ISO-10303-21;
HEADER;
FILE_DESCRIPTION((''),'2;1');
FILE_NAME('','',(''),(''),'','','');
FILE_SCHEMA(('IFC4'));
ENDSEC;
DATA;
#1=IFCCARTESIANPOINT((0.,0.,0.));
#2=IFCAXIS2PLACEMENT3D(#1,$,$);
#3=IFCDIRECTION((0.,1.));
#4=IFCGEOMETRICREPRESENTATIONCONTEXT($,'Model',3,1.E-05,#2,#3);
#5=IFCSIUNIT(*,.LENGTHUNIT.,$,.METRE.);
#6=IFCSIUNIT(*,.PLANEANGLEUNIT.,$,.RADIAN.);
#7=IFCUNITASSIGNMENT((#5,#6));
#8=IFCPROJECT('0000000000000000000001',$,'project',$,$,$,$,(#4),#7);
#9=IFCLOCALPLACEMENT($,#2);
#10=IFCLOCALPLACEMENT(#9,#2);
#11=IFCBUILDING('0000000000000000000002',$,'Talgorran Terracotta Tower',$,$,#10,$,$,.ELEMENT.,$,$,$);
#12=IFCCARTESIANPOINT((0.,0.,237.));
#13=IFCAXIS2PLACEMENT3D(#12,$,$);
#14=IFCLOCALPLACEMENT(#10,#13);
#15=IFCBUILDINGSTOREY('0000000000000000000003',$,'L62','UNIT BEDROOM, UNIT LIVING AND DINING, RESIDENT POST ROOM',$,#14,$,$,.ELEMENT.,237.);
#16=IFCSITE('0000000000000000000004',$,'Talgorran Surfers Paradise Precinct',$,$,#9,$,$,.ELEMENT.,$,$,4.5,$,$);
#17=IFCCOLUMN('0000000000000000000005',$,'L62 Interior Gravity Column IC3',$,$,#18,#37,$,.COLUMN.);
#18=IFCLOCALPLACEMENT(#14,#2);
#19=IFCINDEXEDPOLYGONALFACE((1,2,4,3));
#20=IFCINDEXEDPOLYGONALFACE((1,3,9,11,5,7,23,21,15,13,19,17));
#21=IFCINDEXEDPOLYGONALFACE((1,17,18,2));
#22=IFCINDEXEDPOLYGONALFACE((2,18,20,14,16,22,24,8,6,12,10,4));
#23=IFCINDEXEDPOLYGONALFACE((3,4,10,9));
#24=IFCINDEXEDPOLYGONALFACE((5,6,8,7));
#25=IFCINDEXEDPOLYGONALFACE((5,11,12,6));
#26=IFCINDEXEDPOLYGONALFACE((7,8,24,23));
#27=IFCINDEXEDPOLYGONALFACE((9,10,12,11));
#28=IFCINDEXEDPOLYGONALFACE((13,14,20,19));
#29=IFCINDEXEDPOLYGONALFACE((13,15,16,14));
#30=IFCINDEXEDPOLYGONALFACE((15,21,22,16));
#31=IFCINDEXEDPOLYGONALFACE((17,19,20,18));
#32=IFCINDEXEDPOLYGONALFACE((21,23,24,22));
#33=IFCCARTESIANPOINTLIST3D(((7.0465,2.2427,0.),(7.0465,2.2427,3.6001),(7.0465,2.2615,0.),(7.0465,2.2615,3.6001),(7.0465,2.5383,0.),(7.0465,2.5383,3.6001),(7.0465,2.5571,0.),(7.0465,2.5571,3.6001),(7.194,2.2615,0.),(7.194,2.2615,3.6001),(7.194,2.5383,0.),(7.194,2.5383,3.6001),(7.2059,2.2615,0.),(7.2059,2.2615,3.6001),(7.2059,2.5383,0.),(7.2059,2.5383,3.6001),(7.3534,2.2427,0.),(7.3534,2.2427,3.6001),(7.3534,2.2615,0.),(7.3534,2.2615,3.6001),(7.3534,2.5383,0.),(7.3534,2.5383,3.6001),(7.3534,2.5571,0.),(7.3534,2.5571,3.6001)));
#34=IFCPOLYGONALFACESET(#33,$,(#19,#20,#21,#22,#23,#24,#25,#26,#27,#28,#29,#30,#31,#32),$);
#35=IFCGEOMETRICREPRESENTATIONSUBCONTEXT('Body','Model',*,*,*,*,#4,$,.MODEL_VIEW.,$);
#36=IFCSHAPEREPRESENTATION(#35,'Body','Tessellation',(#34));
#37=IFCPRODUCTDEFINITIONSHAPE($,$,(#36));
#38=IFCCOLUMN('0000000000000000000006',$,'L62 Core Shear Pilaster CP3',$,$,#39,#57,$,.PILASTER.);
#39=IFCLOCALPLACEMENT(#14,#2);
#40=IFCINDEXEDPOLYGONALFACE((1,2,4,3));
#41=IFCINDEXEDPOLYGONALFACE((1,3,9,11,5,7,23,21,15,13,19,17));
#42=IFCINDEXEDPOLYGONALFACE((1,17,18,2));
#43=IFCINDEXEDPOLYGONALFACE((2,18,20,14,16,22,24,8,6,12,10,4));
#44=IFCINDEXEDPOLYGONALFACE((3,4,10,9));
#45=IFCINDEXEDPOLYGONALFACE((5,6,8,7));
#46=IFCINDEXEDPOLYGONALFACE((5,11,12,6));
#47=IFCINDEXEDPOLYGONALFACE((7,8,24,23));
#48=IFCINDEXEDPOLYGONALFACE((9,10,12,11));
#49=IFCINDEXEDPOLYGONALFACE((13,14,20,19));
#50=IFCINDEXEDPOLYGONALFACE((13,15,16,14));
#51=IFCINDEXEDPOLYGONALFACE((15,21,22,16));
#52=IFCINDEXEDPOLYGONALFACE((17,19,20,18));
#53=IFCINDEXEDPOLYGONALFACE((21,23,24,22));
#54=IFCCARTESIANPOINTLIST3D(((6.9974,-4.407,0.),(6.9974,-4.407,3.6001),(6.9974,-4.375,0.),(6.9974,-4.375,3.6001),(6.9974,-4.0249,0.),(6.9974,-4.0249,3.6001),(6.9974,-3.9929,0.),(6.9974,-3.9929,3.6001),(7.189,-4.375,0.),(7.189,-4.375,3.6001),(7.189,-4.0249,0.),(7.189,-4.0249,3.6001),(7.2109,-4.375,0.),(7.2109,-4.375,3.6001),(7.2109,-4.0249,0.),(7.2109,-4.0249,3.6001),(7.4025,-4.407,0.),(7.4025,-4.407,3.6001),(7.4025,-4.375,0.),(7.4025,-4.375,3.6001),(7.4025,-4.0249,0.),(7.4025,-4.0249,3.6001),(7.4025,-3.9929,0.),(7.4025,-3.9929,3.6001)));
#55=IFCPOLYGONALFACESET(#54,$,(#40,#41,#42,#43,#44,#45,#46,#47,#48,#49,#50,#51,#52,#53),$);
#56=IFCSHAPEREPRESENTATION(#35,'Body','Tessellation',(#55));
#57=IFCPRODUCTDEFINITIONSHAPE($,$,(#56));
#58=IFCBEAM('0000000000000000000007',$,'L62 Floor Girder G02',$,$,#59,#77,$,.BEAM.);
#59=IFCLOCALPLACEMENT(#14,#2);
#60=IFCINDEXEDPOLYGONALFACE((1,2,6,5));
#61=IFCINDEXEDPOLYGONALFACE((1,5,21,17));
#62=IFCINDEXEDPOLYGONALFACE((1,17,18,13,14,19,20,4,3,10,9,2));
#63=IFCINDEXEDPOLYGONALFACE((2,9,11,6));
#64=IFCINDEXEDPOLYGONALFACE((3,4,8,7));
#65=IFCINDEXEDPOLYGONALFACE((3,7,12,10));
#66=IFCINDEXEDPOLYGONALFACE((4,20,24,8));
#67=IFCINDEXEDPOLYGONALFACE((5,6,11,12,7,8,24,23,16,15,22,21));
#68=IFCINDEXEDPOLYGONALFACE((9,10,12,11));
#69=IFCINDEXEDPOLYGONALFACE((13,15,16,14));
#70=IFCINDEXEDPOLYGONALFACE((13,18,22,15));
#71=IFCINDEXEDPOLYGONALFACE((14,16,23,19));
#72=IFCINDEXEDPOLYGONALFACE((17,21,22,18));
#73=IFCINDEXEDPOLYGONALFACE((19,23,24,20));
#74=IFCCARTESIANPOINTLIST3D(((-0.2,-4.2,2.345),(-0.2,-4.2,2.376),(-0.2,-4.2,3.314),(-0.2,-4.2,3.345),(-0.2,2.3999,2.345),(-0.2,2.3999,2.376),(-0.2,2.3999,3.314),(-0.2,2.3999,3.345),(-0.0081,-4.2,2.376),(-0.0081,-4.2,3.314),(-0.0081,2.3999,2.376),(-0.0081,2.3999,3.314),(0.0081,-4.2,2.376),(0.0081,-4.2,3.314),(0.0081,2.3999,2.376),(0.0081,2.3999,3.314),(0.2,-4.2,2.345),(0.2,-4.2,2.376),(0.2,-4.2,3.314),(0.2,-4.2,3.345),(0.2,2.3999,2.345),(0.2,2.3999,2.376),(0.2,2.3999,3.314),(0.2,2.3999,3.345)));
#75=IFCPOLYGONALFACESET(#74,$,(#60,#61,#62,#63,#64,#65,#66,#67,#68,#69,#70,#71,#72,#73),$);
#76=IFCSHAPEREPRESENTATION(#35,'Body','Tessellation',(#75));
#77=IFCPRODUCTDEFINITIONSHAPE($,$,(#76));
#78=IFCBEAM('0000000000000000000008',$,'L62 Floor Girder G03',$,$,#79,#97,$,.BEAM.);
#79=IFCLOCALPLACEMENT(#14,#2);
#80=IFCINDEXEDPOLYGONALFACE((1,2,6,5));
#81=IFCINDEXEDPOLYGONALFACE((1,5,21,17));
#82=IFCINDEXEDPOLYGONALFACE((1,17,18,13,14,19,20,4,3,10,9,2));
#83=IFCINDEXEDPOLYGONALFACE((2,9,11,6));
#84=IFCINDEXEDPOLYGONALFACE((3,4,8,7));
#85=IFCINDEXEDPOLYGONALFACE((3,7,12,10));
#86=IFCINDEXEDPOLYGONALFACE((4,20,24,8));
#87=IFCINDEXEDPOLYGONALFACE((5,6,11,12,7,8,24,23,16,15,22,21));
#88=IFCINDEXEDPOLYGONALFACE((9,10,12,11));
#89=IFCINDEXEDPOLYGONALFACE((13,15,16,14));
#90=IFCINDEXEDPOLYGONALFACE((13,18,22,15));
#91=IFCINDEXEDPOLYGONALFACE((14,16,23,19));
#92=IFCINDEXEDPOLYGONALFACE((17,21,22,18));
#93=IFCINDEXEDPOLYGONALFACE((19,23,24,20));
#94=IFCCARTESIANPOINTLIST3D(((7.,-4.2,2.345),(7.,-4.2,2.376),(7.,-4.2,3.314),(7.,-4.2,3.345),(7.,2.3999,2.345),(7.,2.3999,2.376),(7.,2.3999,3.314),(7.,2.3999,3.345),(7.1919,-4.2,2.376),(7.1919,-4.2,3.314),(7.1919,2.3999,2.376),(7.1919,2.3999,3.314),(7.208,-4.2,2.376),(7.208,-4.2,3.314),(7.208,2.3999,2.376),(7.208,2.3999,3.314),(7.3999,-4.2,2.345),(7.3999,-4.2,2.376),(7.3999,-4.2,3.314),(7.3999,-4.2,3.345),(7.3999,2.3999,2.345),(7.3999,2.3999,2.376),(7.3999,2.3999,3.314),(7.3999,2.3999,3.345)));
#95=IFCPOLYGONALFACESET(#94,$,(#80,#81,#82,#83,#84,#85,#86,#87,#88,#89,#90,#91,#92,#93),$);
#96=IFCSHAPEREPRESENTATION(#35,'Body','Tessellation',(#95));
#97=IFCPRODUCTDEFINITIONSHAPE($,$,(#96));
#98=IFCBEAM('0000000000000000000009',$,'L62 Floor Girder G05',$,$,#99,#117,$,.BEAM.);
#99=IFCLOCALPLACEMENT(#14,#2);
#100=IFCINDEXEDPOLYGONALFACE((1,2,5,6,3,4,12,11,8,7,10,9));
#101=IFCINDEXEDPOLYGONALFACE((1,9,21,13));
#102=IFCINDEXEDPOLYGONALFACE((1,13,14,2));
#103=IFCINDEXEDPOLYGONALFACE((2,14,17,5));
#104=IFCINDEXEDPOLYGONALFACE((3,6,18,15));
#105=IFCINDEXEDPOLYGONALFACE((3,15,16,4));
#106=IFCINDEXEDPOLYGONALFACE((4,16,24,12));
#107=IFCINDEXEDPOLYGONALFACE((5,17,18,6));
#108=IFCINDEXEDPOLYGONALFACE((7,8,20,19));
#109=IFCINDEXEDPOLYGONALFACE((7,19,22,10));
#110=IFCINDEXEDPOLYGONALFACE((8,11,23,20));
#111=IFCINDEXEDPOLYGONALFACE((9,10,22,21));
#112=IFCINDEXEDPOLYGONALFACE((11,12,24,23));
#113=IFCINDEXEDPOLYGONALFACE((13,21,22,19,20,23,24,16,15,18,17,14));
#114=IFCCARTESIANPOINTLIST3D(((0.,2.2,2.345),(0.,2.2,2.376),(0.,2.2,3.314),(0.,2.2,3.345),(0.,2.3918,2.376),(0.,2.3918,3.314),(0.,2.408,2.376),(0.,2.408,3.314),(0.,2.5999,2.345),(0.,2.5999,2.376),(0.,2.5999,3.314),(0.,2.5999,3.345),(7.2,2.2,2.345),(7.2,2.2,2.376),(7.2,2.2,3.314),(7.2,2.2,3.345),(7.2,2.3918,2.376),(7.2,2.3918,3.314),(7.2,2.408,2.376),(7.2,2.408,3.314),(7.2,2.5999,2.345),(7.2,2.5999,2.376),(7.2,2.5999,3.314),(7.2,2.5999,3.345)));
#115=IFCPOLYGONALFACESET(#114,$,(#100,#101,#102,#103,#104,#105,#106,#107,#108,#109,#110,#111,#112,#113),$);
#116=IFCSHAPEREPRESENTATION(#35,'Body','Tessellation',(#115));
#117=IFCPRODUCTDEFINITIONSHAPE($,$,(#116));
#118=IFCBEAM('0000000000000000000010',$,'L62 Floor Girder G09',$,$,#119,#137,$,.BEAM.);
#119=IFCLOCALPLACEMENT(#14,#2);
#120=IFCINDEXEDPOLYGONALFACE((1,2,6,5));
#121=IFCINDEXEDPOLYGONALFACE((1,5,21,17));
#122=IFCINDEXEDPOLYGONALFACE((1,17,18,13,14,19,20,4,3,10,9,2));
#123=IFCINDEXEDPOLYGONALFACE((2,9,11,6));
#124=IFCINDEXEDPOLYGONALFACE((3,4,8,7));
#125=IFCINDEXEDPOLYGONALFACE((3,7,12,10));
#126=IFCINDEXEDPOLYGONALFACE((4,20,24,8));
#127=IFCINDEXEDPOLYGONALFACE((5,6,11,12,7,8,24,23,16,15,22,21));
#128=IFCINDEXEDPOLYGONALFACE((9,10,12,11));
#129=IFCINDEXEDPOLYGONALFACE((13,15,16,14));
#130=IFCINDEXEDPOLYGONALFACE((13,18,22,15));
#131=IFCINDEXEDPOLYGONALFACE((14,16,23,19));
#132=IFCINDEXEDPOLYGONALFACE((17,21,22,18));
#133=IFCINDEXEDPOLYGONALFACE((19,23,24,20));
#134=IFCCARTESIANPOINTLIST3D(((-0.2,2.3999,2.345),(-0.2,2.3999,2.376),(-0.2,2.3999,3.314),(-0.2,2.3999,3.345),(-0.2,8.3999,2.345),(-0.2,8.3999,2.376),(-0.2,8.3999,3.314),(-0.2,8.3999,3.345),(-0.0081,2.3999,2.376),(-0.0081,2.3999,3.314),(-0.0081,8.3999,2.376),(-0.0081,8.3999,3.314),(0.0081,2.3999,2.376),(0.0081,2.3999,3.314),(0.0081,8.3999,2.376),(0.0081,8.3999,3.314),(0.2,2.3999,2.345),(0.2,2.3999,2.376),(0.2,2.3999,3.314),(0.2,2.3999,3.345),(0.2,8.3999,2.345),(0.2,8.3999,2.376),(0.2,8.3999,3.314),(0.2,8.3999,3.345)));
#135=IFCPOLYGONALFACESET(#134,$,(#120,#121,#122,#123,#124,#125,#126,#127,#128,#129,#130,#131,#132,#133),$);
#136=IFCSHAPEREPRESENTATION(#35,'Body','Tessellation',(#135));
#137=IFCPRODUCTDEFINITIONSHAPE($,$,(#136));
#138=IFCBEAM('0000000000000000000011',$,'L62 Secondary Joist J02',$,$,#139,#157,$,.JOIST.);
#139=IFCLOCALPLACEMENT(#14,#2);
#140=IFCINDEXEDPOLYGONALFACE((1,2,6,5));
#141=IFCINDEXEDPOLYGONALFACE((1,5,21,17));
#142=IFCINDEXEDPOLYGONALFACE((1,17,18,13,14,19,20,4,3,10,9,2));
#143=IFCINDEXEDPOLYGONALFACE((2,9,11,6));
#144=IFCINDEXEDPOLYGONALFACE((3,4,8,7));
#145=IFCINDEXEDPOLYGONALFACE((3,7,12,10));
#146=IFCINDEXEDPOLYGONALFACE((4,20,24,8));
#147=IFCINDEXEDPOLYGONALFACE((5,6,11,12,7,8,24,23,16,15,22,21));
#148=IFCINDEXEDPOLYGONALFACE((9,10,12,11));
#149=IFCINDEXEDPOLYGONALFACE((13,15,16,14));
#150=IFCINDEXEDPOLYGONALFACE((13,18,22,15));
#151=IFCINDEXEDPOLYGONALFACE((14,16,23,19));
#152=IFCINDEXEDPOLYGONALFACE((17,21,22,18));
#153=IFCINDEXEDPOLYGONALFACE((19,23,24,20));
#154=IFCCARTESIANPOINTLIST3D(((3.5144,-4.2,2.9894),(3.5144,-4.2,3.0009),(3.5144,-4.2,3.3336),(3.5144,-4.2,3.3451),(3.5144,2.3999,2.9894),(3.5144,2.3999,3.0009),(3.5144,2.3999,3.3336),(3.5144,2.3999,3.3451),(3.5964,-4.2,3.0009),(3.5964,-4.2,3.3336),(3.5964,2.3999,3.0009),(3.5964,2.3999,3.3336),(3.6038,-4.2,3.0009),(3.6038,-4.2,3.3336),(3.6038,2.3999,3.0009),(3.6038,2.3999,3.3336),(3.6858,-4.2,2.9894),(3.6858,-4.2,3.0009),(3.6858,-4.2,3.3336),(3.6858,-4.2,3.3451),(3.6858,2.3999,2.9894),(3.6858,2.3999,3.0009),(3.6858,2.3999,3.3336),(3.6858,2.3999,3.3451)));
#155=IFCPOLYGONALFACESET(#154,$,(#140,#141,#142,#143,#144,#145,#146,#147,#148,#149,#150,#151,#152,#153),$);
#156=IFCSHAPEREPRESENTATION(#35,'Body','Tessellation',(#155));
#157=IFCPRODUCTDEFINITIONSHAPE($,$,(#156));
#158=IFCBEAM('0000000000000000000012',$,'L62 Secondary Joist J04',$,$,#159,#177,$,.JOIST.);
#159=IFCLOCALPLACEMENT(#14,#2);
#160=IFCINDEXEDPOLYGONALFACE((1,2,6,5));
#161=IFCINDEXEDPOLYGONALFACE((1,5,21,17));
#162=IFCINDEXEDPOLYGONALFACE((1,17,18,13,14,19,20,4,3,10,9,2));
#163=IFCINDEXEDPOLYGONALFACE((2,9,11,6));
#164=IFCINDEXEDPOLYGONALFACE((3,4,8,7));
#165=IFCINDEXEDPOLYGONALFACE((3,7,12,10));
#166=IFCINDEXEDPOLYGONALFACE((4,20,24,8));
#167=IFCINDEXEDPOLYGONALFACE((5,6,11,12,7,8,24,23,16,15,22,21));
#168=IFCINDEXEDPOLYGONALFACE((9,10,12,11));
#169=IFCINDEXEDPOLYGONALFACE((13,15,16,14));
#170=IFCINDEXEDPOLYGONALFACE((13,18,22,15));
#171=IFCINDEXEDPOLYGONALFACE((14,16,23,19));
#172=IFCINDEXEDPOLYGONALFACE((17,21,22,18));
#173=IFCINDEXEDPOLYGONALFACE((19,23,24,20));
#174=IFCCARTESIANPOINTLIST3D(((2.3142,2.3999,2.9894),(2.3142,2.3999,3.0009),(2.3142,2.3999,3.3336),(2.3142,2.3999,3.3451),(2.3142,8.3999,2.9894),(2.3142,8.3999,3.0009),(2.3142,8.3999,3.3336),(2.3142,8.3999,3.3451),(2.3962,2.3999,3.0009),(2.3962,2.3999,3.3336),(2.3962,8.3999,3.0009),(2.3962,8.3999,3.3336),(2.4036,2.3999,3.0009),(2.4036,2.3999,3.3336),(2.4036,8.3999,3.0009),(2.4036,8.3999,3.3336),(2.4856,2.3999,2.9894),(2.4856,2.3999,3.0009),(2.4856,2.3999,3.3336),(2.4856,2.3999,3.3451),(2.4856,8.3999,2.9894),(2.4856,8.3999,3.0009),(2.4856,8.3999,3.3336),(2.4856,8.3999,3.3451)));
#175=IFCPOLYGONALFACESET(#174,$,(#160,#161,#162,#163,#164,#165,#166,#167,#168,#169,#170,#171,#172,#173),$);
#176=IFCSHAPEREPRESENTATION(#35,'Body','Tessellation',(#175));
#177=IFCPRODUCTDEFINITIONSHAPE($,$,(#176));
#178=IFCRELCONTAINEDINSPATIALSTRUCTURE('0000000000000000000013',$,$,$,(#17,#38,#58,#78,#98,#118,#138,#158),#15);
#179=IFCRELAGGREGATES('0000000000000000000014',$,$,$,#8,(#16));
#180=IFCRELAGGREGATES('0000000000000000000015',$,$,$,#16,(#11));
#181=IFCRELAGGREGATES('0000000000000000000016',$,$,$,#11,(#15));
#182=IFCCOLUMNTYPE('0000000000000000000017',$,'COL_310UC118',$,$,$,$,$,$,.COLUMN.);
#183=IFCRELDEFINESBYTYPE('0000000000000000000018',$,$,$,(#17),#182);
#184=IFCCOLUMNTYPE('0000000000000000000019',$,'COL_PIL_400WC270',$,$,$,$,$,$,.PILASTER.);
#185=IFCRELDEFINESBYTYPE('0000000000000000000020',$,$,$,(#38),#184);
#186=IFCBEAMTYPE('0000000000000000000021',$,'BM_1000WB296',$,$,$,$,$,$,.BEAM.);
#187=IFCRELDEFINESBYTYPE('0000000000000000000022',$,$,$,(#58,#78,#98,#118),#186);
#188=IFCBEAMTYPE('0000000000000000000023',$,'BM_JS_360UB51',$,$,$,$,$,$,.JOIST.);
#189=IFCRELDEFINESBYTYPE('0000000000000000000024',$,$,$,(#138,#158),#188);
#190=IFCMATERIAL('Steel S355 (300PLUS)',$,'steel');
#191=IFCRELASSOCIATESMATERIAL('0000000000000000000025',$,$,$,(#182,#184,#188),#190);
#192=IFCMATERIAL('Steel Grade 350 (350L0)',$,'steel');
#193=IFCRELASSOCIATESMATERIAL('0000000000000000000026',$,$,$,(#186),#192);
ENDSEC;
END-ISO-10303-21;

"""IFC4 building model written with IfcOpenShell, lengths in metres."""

from ifc_helpers import new_model, si_unit, direction, frame, origin, origin_2d, place, context, subcontext, project, spatial, i_section, extrude, material, material_profile, profile_set, type_object, element, save


model = new_model("IFC4")

# Units and contexts
model_context = context("Model", 3, precision=1e-05, world=origin(), true_north=direction((0.0, 1.0)))
body_context = subcontext(model_context, "Body", "Model", "MODEL_VIEW")
ifc_project = project(units=[si_unit("LENGTHUNIT", "METRE"), si_unit("PLANEANGLEUNIT", "RADIAN")], contexts=[model_context])

# Site, building, storey
site_placement = place(None, origin())
site = spatial("IfcSite", under=ifc_project, at=site_placement, Name="Talgorran Surfers Paradise Precinct", CompositionType="ELEMENT", RefElevation=4.5)
building_placement = place(site_placement, origin())
building = spatial("IfcBuilding", under=site, at=building_placement, Name="Talgorran Terracotta Tower", CompositionType="ELEMENT")
storey_placement = place(building_placement, frame((0.0, 0.0, 237.0)))
storey = spatial("IfcBuildingStorey", under=building, at=storey_placement, Name="L62", Description="UNIT BEDROOM, UNIT LIVING AND DINING, RESIDENT POST ROOM", CompositionType="ELEMENT", Elevation=237.0)

# Columns
ifc_material_1 = material(Name="Steel S355 (300PLUS)", Category="steel")
ifc_material_profile_1 = material_profile(ifc_material_1, i_section(OverallWidth=0.3069, OverallDepth=0.3145, WebThickness=0.012, FlangeThickness=0.0188, at=origin_2d()), Name="310UC118")
ifc_profile_set_1 = profile_set([ifc_material_profile_1], Name="Steel S355 (300PLUS)")
column_type_1 = type_object("IfcColumnType", Name="COL_310UC118", PredefinedType="COLUMN", material=ifc_profile_set_1)
column_1_placement = place(storey_placement, frame((7.2, 2.3999, 0.0), z_axis=(0.0, 0.0, 1.0), x_axis=(1.0, 0.0, 0.0)))
element("IfcColumn", 1, at=column_1_placement, inside=storey, type_object=column_type_1, Name="L62 Interior Gravity Column IC3", PredefinedType="COLUMN", context=body_context, shape_type="SweptSolid", body=[
    extrude(i_section(OverallWidth=0.3069, OverallDepth=0.3145, WebThickness=0.012, FlangeThickness=0.0188, at=origin_2d()), origin(), (0.0, 0.0, 1.0), 3.6001),
])
ifc_material_profile_2 = material_profile(ifc_material_1, i_section(OverallWidth=0.405, OverallDepth=0.4141, WebThickness=0.022, FlangeThickness=0.032, at=origin_2d()), Name="400WC270")
ifc_profile_set_2 = profile_set([ifc_material_profile_2], Name="Steel S355 (300PLUS)")
column_type_2 = type_object("IfcColumnType", Name="COL_PIL_400WC270", PredefinedType="PILASTER", material=ifc_profile_set_2)
column_2_placement = place(storey_placement, frame((7.2, -4.2, 0.0), z_axis=(0.0, 0.0, 1.0), x_axis=(1.0, 0.0, 0.0)))
element("IfcColumn", 2, at=column_2_placement, inside=storey, type_object=column_type_2, Name="L62 Core Shear Pilaster CP3", PredefinedType="PILASTER", context=body_context, shape_type="SweptSolid", body=[
    extrude(i_section(OverallWidth=0.405, OverallDepth=0.4141, WebThickness=0.022, FlangeThickness=0.032, at=origin_2d()), origin(), (0.0, 0.0, 1.0), 3.6001),
])

# Beams
ifc_material_2 = material(Name="Steel Grade 350 (350L0)", Category="steel")
ifc_material_profile_3 = material_profile(ifc_material_2, i_section(OverallWidth=0.3999, OverallDepth=1.0, WebThickness=0.0161, FlangeThickness=0.031, at=origin_2d()), Name="1000WB296")
ifc_profile_set_3 = profile_set([ifc_material_profile_3], Name="Steel Grade 350 (350L0)")
beam_type_1 = type_object("IfcBeamType", Name="BM_1000WB296", PredefinedType="BEAM", material=ifc_profile_set_3)
for number, where, z_axis, x_axis, name in (
    (3, (0.0, -4.2, 2.845), (0.0, 1.0, 0.0), (-1.0, 0.0, 0.0), "L62 Floor Girder G02"),
    (4, (7.2, -4.2, 2.845), (0.0, 1.0, 0.0), (-1.0, 0.0, 0.0), "L62 Floor Girder G03"),
):
    element("IfcBeam", number, at=place(storey_placement, frame(where, z_axis=z_axis, x_axis=x_axis)), inside=storey, type_object=beam_type_1, Name=name, PredefinedType="BEAM", context=body_context, shape_type="SweptSolid", body=[
        extrude(i_section(OverallWidth=0.3999, OverallDepth=1.0, WebThickness=0.0161, FlangeThickness=0.031, at=origin_2d()), origin(), (0.0, 0.0, 1.0), 6.5999),
    ])
beam_1_placement = place(storey_placement, frame((0.0, 2.3999, 2.845), z_axis=(1.0, 0.0, 0.0), x_axis=(0.0, 1.0, 0.0)))
element("IfcBeam", 5, at=beam_1_placement, inside=storey, type_object=beam_type_1, Name="L62 Floor Girder G05", PredefinedType="BEAM", context=body_context, shape_type="SweptSolid", body=[
    extrude(i_section(OverallWidth=0.3999, OverallDepth=1.0, WebThickness=0.0161, FlangeThickness=0.031, at=origin_2d()), origin(), (0.0, 0.0, 1.0), 7.2),
])
beam_2_placement = place(storey_placement, frame((0.0, 2.3999, 2.845), z_axis=(0.0, 1.0, 0.0), x_axis=(-1.0, 0.0, 0.0)))
element("IfcBeam", 6, at=beam_2_placement, inside=storey, type_object=beam_type_1, Name="L62 Floor Girder G09", PredefinedType="BEAM", context=body_context, shape_type="SweptSolid", body=[
    extrude(i_section(OverallWidth=0.3999, OverallDepth=1.0, WebThickness=0.0161, FlangeThickness=0.031, at=origin_2d()), origin(), (0.0, 0.0, 1.0), 6.0),
])
ifc_material_profile_4 = material_profile(ifc_material_1, i_section(OverallWidth=0.1714, OverallDepth=0.3557, WebThickness=0.0073, FlangeThickness=0.0115, at=origin_2d()), Name="360UB50.7")
ifc_profile_set_4 = profile_set([ifc_material_profile_4], Name="Steel S355 (300PLUS)")
beam_type_2 = type_object("IfcBeamType", Name="BM_JS_360UB51", PredefinedType="JOIST", material=ifc_profile_set_4)
beam_3_placement = place(storey_placement, frame((3.6001, -4.2, 3.1672), z_axis=(0.0, 1.0, 0.0), x_axis=(-1.0, 0.0, 0.0)))
element("IfcBeam", 7, at=beam_3_placement, inside=storey, type_object=beam_type_2, Name="L62 Secondary Joist J02", PredefinedType="JOIST", context=body_context, shape_type="SweptSolid", body=[
    extrude(i_section(OverallWidth=0.1714, OverallDepth=0.3557, WebThickness=0.0073, FlangeThickness=0.0115, at=origin_2d()), origin(), (0.0, 0.0, 1.0), 6.5999),
])
beam_4_placement = place(storey_placement, frame((2.3999, 2.3999, 3.1672), z_axis=(0.0, 1.0, 0.0), x_axis=(-1.0, 0.0, 0.0)))
element("IfcBeam", 8, at=beam_4_placement, inside=storey, type_object=beam_type_2, Name="L62 Secondary Joist J04", PredefinedType="JOIST", context=body_context, shape_type="SweptSolid", body=[
    extrude(i_section(OverallWidth=0.1714, OverallDepth=0.3557, WebThickness=0.0073, FlangeThickness=0.0115, at=origin_2d()), origin(), (0.0, 0.0, 1.0), 6.0),
])

save(model, "model.ifc")
